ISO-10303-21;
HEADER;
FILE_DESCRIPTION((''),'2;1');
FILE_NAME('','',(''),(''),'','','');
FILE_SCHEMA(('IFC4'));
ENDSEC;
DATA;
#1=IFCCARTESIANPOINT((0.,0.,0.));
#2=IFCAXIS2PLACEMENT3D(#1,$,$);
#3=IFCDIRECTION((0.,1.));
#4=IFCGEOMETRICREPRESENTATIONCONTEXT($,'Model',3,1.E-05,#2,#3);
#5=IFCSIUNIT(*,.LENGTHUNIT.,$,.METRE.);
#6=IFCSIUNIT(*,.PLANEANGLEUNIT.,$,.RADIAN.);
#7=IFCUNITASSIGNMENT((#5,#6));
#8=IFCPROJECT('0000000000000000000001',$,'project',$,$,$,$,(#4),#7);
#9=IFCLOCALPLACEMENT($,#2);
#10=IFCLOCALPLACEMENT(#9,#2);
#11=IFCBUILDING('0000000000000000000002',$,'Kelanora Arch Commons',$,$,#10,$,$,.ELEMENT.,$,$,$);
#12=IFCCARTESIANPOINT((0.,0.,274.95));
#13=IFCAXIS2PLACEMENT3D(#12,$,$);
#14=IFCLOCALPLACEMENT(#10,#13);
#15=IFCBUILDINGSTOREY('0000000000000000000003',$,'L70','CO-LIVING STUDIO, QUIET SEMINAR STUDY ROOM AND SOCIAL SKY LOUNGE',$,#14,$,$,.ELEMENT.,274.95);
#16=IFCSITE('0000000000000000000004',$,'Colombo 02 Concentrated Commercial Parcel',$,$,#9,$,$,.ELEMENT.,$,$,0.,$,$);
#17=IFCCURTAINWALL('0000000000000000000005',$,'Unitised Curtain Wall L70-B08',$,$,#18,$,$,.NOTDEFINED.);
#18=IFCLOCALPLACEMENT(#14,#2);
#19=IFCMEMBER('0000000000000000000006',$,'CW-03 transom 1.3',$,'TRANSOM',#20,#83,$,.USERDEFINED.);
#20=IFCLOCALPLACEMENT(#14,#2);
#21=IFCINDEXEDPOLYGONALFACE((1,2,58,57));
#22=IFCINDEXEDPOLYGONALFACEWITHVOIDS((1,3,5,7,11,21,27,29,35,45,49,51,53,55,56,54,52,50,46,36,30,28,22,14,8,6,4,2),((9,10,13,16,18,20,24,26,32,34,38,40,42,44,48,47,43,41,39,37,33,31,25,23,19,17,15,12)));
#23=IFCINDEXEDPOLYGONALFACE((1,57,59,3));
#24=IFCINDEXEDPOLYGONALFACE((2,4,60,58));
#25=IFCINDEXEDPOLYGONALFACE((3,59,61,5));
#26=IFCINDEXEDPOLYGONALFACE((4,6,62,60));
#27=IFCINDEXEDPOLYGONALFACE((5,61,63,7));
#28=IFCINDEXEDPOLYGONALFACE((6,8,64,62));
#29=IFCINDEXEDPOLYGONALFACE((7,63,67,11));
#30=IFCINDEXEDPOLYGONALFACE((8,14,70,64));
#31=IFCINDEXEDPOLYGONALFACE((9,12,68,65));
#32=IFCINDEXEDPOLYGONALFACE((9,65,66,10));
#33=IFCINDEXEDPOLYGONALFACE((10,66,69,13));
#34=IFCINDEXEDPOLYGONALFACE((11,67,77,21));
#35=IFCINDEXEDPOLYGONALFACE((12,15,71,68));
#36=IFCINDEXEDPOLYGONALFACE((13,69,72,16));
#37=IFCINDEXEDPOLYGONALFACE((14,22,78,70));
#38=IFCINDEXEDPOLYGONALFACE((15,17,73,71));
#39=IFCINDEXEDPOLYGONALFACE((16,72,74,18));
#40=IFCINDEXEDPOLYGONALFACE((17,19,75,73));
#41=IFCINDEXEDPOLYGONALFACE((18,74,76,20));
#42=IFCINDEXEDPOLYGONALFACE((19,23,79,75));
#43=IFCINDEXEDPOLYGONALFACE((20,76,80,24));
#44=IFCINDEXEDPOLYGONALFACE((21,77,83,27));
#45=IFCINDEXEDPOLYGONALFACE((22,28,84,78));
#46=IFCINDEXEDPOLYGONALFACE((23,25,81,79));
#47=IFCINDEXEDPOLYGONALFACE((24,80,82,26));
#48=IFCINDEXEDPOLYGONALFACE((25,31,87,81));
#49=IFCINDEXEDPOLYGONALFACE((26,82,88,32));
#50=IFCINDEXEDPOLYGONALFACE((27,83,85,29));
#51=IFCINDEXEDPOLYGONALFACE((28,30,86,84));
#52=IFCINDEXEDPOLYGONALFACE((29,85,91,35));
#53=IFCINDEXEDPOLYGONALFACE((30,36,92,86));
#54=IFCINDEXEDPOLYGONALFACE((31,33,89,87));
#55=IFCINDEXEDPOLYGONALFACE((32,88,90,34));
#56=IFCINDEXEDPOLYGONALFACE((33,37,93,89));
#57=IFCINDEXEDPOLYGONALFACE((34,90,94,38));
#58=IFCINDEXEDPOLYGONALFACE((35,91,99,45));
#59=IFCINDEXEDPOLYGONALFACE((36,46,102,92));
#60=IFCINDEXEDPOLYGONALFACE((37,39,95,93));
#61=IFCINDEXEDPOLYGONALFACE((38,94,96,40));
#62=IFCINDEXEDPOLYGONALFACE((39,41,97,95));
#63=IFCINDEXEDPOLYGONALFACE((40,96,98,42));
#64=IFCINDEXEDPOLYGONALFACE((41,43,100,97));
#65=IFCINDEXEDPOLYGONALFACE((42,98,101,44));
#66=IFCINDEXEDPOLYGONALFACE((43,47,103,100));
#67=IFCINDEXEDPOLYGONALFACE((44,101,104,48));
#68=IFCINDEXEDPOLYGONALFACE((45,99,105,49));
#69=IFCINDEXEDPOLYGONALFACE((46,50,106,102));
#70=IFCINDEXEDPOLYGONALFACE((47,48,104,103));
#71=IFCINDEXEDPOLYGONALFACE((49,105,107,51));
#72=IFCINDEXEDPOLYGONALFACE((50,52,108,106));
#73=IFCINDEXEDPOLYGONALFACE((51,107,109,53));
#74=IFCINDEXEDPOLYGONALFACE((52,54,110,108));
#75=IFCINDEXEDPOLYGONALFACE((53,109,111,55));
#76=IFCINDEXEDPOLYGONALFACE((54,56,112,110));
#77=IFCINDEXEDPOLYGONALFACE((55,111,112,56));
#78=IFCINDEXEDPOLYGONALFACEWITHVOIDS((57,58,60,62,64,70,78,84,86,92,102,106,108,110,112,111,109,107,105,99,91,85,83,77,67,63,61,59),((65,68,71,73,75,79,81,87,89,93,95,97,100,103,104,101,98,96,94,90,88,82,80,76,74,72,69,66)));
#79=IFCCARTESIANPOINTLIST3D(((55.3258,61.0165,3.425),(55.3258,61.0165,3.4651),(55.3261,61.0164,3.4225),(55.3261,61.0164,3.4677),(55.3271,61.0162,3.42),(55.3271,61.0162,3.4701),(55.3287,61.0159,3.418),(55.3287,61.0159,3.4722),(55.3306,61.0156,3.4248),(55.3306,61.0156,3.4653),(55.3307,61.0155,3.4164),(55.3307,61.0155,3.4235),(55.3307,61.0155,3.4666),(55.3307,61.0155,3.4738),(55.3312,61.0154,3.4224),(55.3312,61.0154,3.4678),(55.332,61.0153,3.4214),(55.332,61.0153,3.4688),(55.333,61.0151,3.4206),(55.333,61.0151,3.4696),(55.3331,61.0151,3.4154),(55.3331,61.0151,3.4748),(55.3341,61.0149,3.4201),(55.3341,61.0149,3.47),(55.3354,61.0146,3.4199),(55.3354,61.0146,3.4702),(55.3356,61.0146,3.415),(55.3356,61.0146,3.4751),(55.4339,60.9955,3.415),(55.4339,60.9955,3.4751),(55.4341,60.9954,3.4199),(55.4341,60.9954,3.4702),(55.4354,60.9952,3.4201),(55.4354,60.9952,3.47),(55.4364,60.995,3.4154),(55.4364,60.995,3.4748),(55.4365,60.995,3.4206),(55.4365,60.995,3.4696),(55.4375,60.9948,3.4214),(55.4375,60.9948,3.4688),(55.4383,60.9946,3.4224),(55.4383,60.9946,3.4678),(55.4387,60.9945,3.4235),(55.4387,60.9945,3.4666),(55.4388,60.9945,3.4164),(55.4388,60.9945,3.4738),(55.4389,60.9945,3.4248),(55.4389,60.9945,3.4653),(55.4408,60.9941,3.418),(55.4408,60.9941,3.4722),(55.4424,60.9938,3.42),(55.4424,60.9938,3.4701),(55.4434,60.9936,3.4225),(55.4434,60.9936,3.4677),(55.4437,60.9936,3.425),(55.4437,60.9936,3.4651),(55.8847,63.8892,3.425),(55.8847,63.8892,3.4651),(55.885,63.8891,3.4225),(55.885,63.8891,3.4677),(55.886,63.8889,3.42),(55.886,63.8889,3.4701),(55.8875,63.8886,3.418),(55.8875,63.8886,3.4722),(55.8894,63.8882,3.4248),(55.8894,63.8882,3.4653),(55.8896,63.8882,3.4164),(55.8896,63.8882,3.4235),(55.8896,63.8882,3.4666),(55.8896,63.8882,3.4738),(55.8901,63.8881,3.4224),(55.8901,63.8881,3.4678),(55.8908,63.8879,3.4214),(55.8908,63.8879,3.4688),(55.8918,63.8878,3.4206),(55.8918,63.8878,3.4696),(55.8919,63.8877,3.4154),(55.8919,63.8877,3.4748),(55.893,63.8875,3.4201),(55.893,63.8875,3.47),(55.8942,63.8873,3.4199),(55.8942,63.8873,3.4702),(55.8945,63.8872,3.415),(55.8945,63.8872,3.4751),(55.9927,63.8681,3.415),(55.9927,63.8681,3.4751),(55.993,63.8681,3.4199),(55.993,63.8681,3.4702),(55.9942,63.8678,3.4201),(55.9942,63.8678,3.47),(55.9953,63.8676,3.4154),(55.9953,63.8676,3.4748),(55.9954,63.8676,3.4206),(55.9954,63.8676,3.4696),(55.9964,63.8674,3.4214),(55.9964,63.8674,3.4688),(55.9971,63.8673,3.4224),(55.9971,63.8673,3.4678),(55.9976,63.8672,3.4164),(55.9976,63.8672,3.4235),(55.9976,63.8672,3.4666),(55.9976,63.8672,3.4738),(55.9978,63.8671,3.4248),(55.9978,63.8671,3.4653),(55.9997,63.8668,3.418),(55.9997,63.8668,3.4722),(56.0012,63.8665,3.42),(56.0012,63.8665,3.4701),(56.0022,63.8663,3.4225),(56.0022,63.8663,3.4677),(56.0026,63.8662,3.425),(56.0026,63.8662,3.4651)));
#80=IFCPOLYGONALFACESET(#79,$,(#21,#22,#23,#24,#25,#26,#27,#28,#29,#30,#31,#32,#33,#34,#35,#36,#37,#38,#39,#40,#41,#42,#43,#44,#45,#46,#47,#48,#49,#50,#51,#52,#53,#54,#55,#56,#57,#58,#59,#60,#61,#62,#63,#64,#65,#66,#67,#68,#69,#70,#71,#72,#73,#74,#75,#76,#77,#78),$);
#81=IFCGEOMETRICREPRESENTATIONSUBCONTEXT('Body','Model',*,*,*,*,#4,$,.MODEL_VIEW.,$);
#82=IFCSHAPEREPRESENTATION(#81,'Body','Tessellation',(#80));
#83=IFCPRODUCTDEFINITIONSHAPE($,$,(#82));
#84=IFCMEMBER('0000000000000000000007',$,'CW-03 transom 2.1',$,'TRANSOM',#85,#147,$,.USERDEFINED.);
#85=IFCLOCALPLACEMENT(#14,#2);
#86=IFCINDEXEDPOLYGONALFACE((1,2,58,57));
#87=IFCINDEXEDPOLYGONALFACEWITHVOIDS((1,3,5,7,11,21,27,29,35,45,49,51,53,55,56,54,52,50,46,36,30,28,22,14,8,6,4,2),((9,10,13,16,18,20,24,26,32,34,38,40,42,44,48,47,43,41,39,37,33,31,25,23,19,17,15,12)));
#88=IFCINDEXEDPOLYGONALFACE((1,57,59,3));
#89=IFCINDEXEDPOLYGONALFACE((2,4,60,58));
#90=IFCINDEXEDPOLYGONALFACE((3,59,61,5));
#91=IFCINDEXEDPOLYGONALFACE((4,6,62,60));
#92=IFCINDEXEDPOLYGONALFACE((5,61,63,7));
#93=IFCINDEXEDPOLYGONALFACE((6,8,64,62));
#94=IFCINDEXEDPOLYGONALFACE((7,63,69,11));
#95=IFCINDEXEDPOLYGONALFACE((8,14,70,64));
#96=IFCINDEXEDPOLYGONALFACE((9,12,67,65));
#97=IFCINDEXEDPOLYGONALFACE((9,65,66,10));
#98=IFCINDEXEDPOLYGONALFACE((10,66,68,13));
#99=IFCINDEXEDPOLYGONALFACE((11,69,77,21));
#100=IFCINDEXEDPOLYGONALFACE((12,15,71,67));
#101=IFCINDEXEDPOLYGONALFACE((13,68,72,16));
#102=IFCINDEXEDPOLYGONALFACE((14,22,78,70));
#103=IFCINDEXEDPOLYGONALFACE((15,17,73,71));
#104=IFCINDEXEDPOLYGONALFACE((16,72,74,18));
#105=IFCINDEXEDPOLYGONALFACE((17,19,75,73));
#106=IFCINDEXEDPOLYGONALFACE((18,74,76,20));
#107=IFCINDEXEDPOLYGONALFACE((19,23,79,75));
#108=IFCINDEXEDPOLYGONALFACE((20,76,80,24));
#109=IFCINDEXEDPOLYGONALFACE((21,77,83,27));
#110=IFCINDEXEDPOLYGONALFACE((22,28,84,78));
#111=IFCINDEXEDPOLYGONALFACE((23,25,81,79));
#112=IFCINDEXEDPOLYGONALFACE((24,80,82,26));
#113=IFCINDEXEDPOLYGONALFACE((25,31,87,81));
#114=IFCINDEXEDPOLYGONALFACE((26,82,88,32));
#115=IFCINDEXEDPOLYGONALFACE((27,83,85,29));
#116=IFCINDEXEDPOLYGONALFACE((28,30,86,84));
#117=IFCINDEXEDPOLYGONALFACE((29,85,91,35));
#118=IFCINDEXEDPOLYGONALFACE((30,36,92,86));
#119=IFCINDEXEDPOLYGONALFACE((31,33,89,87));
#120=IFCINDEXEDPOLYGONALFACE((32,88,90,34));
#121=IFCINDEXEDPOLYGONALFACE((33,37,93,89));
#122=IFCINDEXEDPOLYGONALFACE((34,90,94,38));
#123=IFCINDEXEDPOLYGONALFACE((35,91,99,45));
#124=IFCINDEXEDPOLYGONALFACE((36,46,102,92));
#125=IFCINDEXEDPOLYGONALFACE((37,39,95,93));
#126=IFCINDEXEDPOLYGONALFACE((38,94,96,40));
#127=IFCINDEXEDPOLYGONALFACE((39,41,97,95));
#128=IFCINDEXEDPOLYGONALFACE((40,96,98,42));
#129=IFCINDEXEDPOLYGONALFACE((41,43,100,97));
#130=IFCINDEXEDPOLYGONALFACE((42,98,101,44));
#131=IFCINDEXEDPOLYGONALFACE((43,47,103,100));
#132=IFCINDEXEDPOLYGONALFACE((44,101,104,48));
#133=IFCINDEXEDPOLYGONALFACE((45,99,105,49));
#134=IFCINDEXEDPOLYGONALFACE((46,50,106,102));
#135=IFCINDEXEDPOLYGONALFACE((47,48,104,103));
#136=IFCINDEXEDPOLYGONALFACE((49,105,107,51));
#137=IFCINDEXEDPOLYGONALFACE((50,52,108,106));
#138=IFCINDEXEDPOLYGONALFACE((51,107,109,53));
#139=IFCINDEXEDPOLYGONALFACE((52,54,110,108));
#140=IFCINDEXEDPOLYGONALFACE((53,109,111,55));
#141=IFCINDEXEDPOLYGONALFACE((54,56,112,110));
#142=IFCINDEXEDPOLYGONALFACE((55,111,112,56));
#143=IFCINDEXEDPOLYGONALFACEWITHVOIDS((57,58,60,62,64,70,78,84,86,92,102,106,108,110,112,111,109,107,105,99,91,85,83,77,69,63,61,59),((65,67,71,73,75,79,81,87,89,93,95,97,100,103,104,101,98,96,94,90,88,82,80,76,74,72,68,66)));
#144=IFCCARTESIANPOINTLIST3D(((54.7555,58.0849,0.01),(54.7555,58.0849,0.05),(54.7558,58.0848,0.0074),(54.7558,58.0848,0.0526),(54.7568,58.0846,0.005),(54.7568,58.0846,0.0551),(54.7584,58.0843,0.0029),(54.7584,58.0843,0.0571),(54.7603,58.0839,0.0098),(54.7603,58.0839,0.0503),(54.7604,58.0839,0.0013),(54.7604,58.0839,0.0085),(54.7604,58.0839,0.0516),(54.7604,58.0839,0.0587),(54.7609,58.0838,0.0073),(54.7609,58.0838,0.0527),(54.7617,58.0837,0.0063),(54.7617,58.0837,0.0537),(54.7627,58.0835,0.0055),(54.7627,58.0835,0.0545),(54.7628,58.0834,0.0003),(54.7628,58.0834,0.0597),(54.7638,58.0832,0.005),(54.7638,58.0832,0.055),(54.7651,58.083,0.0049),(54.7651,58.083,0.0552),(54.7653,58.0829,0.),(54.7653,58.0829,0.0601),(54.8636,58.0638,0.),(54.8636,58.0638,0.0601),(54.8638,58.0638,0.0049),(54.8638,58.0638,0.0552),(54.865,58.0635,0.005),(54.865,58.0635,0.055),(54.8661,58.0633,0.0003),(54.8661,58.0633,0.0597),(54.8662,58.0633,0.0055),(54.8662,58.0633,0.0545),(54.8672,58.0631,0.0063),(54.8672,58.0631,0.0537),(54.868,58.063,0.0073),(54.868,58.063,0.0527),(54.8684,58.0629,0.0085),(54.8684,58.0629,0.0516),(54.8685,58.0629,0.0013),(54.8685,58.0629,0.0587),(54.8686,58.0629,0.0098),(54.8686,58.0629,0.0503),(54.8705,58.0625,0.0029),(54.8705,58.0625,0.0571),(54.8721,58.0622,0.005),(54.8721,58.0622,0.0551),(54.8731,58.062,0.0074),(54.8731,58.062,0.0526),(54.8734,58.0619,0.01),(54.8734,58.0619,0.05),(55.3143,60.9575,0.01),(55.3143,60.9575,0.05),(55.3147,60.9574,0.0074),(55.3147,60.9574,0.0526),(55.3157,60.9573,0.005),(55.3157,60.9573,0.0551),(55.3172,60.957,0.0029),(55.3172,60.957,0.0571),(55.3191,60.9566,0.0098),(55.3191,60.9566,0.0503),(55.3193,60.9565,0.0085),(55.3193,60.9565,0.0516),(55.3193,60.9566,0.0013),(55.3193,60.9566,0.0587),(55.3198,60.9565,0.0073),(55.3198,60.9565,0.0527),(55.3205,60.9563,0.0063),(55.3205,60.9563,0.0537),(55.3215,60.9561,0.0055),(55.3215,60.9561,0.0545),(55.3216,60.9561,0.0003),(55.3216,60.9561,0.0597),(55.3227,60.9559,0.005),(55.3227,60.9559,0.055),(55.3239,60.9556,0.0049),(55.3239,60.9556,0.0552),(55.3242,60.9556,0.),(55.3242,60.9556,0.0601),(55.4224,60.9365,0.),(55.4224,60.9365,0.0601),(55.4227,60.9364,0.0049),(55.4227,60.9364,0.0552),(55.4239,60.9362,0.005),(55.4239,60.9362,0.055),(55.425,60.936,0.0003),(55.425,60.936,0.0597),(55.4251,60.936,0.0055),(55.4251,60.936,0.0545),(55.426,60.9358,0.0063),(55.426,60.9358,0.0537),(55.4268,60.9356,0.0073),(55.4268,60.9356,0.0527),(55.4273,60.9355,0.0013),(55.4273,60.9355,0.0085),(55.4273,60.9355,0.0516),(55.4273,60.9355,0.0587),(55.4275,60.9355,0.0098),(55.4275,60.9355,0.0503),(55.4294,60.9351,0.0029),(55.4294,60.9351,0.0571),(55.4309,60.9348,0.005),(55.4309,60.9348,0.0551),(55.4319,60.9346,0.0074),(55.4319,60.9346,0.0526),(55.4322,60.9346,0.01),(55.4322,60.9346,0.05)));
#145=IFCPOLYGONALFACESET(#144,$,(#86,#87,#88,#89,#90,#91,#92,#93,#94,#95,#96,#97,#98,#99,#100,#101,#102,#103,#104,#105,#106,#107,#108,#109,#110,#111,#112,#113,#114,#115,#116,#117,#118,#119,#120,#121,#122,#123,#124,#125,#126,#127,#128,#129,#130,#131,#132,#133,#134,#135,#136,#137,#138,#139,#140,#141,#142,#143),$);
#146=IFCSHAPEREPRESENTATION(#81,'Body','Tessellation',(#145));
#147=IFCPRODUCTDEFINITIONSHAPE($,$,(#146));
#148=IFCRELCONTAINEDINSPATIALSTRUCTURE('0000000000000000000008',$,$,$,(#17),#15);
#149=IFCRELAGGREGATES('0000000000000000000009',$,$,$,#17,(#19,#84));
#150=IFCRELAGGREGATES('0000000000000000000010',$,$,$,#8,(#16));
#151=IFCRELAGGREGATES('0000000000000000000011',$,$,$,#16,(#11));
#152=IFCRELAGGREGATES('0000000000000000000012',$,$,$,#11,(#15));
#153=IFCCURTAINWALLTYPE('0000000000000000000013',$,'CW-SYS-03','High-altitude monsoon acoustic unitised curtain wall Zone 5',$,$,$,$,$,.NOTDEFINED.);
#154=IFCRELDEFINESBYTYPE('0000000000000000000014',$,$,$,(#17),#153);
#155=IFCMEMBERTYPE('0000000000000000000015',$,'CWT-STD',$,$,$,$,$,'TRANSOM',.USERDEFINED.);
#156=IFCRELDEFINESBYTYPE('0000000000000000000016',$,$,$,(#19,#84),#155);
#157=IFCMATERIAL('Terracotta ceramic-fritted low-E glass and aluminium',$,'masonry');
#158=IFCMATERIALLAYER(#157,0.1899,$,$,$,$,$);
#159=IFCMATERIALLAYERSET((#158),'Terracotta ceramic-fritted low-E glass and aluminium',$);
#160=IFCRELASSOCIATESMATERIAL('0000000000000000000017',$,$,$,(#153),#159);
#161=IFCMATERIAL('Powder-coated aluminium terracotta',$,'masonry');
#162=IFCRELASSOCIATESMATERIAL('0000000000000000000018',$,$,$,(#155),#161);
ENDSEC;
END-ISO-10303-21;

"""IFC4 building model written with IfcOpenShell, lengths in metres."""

from ifc_helpers import new_model, si_unit, direction, frame, origin, origin_2d, place, context, subcontext, project, spatial, hollow_rectangle, extrude, material, layer, layer_set, material_profile, profile_set, type_object, element, aggregate, save


model = new_model("IFC4")

# Units and contexts
model_context = context("Model", 3, precision=1e-05, world=origin(), true_north=direction((0.0, 1.0)))
body_context = subcontext(model_context, "Body", "Model", "MODEL_VIEW")
ifc_project = project(units=[si_unit("LENGTHUNIT", "METRE"), si_unit("PLANEANGLEUNIT", "RADIAN")], contexts=[model_context])

# Site, building, storey
site_placement = place(None, origin())
site = spatial("IfcSite", under=ifc_project, at=site_placement, Name="Colombo 02 Concentrated Commercial Parcel", CompositionType="ELEMENT", RefElevation=0.0)
building_placement = place(site_placement, origin())
building = spatial("IfcBuilding", under=site, at=building_placement, Name="Kelanora Arch Commons", CompositionType="ELEMENT")
storey_placement = place(building_placement, frame((0.0, 0.0, 274.95)))
storey = spatial("IfcBuildingStorey", under=building, at=storey_placement, Name="L70", Description="CO-LIVING STUDIO, QUIET SEMINAR STUDY ROOM AND SOCIAL SKY LOUNGE", CompositionType="ELEMENT", Elevation=274.95)

# Curtain wall, members
ifc_material_1 = material(Name="Terracotta ceramic-fritted low-E glass and aluminium", Category="masonry")
ifc_layer_1 = layer(ifc_material_1, 0.1899)
ifc_layer_set_1 = layer_set([ifc_layer_1], Name="Terracotta ceramic-fritted low-E glass and aluminium")
curtain_wall_type = type_object("IfcCurtainWallType", Name="CW-SYS-03", Description="High-altitude monsoon acoustic unitised curtain wall Zone 5", PredefinedType="NOTDEFINED", material=ifc_layer_set_1)
curtain_wall_placement = place(storey_placement, origin())
curtain_wall = element("IfcCurtainWall", 1, at=curtain_wall_placement, inside=storey, type_object=curtain_wall_type, Name="Unitised Curtain Wall L70-B08", PredefinedType="NOTDEFINED")
ifc_material_2 = material(Name="Powder-coated aluminium terracotta", Category="masonry")
ifc_material_profile_1 = material_profile(ifc_material_2, hollow_rectangle(XDim=0.1201, YDim=0.0601, WallThickness=0.0049, InnerFilletRadius=0.0049, OuterFilletRadius=0.01, at=origin_2d()), Name="CWT120x60")
ifc_profile_set_1 = profile_set([ifc_material_profile_1], Name="Powder-coated aluminium terracotta")
member_type_1 = type_object("IfcMemberType", Name="CWT-STD", ElementType="TRANSOM", PredefinedType="USERDEFINED", material=ifc_profile_set_1)
member_1_placement = place(storey_placement, frame((55.9436, 63.8777, 3.4451), z_axis=(-0.190963, -0.981597, 0.0), x_axis=(0.981597, -0.190963, 0.0)))
member_1 = element("IfcMember", 2, at=member_1_placement, type_object=member_type_1, Name="CW-03 transom 1.3", ObjectType="TRANSOM", PredefinedType="USERDEFINED", context=body_context, shape_type="SweptSolid", body=[
    extrude(hollow_rectangle(XDim=0.1201, YDim=0.0601, WallThickness=0.0049, InnerFilletRadius=0.0049, OuterFilletRadius=0.01, at=origin_2d()), origin(), (0.0, 0.0, 1.0), 2.9265),
])
member_2_placement = place(storey_placement, frame((55.3733, 60.946, 0.03), z_axis=(-0.190963, -0.981597, 0.0), x_axis=(0.981597, -0.190963, 0.0)))
member_2 = element("IfcMember", 3, at=member_2_placement, type_object=member_type_1, Name="CW-03 transom 2.1", ObjectType="TRANSOM", PredefinedType="USERDEFINED", context=body_context, shape_type="SweptSolid", body=[
    extrude(hollow_rectangle(XDim=0.1201, YDim=0.0601, WallThickness=0.0049, InnerFilletRadius=0.0049, OuterFilletRadius=0.01, at=origin_2d()), origin(), (0.0, 0.0, 1.0), 2.9265),
])
aggregate(curtain_wall, [member_1, member_2])

save(model, "model.ifc")
